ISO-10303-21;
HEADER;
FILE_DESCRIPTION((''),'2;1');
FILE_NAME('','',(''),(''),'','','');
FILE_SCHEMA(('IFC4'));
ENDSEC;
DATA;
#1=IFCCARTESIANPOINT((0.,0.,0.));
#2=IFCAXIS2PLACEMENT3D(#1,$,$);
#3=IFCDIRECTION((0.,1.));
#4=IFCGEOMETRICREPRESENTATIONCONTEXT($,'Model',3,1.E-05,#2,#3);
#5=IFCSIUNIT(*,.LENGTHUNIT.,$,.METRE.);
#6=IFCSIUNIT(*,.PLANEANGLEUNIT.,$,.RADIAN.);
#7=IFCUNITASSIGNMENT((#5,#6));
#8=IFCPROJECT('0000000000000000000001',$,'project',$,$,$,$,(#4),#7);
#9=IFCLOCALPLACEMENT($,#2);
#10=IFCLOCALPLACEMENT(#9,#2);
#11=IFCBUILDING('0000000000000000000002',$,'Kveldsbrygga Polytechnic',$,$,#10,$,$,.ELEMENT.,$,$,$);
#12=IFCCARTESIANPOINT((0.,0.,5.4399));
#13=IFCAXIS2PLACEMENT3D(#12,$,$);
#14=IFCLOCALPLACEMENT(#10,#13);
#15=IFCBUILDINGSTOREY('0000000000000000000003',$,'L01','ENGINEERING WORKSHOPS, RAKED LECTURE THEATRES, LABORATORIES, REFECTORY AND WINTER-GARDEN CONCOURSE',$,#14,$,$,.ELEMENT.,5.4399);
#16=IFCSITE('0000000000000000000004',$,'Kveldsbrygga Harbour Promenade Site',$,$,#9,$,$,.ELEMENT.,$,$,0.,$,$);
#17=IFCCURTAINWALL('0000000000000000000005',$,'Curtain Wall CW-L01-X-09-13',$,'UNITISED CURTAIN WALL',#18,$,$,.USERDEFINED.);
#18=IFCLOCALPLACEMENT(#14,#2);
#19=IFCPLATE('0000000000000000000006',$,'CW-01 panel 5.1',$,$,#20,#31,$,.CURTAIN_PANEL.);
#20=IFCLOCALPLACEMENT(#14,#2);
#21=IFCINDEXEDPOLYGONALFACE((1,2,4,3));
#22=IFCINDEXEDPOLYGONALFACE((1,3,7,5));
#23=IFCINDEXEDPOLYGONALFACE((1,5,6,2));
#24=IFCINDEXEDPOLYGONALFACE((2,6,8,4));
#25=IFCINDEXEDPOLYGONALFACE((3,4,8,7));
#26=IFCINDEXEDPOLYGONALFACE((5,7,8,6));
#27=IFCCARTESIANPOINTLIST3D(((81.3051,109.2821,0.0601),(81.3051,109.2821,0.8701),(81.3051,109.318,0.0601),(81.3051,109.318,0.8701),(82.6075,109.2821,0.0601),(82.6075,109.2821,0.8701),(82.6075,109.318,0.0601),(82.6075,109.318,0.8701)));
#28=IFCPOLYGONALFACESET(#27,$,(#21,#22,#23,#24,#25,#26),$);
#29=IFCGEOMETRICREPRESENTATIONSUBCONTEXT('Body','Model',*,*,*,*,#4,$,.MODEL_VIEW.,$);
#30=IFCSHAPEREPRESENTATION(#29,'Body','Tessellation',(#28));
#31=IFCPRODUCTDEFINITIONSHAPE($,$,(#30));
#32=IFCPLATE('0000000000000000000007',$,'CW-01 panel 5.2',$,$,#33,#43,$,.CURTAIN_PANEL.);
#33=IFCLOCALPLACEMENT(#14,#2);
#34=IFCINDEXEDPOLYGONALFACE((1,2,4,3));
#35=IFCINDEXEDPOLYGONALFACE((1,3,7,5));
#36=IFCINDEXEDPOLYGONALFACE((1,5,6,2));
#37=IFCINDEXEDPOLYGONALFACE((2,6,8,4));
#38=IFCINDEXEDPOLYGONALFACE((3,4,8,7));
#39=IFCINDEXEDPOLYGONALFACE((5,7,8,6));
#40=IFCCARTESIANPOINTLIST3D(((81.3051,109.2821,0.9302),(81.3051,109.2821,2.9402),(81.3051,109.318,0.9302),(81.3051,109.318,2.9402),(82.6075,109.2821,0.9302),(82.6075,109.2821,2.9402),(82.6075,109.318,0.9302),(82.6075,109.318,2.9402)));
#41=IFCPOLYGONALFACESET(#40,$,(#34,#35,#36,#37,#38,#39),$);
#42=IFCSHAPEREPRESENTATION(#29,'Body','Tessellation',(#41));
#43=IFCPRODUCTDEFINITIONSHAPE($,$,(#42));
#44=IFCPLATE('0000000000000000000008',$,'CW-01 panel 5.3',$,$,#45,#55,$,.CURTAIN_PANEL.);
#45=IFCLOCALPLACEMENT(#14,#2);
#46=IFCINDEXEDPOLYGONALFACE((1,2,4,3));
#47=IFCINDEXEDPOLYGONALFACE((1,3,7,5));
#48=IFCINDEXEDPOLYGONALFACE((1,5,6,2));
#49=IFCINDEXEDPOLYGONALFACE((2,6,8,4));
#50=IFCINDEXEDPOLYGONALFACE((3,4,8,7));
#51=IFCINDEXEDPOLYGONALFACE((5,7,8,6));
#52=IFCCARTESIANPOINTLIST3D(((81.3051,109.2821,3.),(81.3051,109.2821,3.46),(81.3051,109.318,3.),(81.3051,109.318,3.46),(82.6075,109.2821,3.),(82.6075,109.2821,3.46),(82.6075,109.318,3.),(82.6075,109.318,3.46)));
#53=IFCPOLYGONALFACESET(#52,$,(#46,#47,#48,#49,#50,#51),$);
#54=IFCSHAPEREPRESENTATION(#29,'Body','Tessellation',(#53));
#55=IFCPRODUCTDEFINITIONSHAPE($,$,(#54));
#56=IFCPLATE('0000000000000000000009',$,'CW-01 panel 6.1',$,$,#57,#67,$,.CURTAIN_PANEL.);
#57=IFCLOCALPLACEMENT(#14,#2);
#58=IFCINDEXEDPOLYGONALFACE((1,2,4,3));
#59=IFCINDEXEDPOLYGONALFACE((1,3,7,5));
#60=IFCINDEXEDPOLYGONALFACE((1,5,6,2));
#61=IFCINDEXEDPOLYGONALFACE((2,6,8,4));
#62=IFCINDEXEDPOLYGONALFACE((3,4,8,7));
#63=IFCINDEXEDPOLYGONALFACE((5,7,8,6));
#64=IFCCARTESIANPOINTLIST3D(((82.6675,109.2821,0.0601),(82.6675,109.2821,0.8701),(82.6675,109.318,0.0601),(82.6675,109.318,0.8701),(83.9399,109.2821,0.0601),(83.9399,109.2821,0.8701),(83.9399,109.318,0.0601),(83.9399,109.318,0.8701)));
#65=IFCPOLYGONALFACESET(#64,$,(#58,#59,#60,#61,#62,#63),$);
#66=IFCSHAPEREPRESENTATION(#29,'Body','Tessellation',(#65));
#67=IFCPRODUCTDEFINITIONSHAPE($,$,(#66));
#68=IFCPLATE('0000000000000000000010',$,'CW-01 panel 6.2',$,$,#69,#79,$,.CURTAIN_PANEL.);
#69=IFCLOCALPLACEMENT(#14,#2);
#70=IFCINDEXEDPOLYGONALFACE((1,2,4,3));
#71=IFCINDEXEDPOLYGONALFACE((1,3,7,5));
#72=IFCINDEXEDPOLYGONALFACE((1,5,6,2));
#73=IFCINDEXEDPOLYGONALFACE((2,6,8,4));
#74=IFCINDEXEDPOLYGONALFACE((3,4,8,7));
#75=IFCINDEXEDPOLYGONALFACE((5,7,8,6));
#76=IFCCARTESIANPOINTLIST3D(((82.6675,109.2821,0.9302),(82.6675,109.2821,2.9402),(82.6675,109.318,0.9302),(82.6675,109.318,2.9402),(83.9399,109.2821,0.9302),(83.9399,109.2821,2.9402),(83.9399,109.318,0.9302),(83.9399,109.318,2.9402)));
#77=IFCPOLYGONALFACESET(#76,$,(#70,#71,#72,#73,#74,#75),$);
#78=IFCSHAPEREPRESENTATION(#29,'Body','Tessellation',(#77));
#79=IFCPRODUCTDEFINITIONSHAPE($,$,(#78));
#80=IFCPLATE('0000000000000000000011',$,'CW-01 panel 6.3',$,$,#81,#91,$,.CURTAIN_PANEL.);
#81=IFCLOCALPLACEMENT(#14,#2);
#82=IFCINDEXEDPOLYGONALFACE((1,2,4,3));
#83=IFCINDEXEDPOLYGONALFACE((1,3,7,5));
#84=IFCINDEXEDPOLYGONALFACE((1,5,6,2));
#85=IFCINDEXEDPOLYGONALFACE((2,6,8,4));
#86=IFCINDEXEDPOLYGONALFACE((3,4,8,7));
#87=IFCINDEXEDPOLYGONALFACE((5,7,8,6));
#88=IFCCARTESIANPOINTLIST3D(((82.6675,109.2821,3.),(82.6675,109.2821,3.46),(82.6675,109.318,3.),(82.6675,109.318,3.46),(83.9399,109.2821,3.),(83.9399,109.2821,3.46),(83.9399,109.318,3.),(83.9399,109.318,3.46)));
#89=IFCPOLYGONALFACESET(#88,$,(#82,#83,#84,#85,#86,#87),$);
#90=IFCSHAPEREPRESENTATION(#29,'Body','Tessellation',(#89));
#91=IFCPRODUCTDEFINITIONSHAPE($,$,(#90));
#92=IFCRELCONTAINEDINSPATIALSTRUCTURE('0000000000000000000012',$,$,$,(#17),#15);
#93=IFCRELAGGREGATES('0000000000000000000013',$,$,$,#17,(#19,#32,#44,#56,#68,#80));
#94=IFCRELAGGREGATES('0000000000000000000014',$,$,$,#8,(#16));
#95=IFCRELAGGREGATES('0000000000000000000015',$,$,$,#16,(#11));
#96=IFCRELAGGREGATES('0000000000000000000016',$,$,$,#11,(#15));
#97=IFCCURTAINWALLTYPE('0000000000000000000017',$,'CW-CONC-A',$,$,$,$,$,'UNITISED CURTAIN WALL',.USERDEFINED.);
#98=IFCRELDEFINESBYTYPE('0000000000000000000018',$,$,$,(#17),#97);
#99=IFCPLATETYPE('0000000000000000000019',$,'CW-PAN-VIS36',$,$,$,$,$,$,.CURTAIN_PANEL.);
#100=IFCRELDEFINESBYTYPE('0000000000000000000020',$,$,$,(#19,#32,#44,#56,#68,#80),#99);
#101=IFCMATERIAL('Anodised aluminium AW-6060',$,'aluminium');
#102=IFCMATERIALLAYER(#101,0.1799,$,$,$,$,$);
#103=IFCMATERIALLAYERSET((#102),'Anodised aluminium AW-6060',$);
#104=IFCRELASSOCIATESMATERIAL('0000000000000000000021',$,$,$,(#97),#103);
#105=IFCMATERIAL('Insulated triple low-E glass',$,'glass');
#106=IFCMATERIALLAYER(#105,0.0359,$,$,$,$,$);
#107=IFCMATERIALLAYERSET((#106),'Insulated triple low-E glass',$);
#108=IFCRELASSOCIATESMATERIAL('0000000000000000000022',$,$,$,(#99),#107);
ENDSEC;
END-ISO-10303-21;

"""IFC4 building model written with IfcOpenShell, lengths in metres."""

from ifc_helpers import new_model, si_unit, direction, frame, origin, origin_2d, place, context, subcontext, project, spatial, rectangle, extrude, material, layer, layer_set, type_object, element, aggregate, save


model = new_model("IFC4")

# Units and contexts
model_context = context("Model", 3, precision=1e-05, world=origin(), true_north=direction((0.0, 1.0)))
body_context = subcontext(model_context, "Body", "Model", "MODEL_VIEW")
ifc_project = project(units=[si_unit("LENGTHUNIT", "METRE"), si_unit("PLANEANGLEUNIT", "RADIAN")], contexts=[model_context])

# Site, building, storey
site_placement = place(None, origin())
site = spatial("IfcSite", under=ifc_project, at=site_placement, Name="Kveldsbrygga Harbour Promenade Site", CompositionType="ELEMENT", RefElevation=0.0)
building_placement = place(site_placement, origin())
building = spatial("IfcBuilding", under=site, at=building_placement, Name="Kveldsbrygga Polytechnic", CompositionType="ELEMENT")
storey_placement = place(building_placement, frame((0.0, 0.0, 5.4399)))
storey = spatial("IfcBuildingStorey", under=building, at=storey_placement, Name="L01", Description="ENGINEERING WORKSHOPS, RAKED LECTURE THEATRES, LABORATORIES, REFECTORY AND WINTER-GARDEN CONCOURSE", CompositionType="ELEMENT", Elevation=5.4399)

# Curtain wall
ifc_material_1 = material(Name="Anodised aluminium AW-6060", Category="aluminium")
ifc_layer_1 = layer(ifc_material_1, 0.1799)
ifc_layer_set_1 = layer_set([ifc_layer_1], Name="Anodised aluminium AW-6060")
curtain_wall_type_1 = type_object("IfcCurtainWallType", Name="CW-CONC-A", ElementType="UNITISED CURTAIN WALL", PredefinedType="USERDEFINED", material=ifc_layer_set_1)
curtain_wall_1_placement = place(storey_placement, origin())
curtain_wall_1 = element("IfcCurtainWall", 1, at=curtain_wall_1_placement, inside=storey, type_object=curtain_wall_type_1, Name="Curtain Wall CW-L01-X-09-13", ObjectType="UNITISED CURTAIN WALL", PredefinedType="USERDEFINED")

# Plates
ifc_material_2 = material(Name="Insulated triple low-E glass", Category="glass")
ifc_layer_2 = layer(ifc_material_2, 0.0359)
ifc_layer_set_2 = layer_set([ifc_layer_2], Name="Insulated triple low-E glass")
plate_type = type_object("IfcPlateType", Name="CW-PAN-VIS36", PredefinedType="CURTAIN_PANEL", material=ifc_layer_set_2)
plate_1_placement = place(storey_placement, frame((81.9563, 109.3, 0.0601), z_axis=(0.0, 0.0, 1.0), x_axis=(1.0, 0.0, 0.0)))
plate_1 = element("IfcPlate", 2, at=plate_1_placement, type_object=plate_type, Name="CW-01 panel 5.1", PredefinedType="CURTAIN_PANEL", context=body_context, shape_type="SweptSolid", body=[
    extrude(rectangle(XDim=1.3025, YDim=0.0359, at=origin_2d()), origin(), (0.0, 0.0, 1.0), 0.8101),
])
plate_2_placement = place(storey_placement, frame((81.9563, 109.3, 0.9302), z_axis=(0.0, 0.0, 1.0), x_axis=(1.0, 0.0, 0.0)))
plate_2 = element("IfcPlate", 3, at=plate_2_placement, type_object=plate_type, Name="CW-01 panel 5.2", PredefinedType="CURTAIN_PANEL", context=body_context, shape_type="SweptSolid", body=[
    extrude(rectangle(XDim=1.3025, YDim=0.0359, at=origin_2d()), origin(), (0.0, 0.0, 1.0), 2.01),
])
plate_3_placement = place(storey_placement, frame((81.9563, 109.3, 3.0), z_axis=(0.0, 0.0, 1.0), x_axis=(1.0, 0.0, 0.0)))
plate_3 = element("IfcPlate", 4, at=plate_3_placement, type_object=plate_type, Name="CW-01 panel 5.3", PredefinedType="CURTAIN_PANEL", context=body_context, shape_type="SweptSolid", body=[
    extrude(rectangle(XDim=1.3025, YDim=0.0359, at=origin_2d()), origin(), (0.0, 0.0, 1.0), 0.46),
])
plate_4_placement = place(storey_placement, frame((83.3037, 109.3, 0.0601), z_axis=(0.0, 0.0, 1.0), x_axis=(1.0, 0.0, 0.0)))
plate_4 = element("IfcPlate", 5, at=plate_4_placement, type_object=plate_type, Name="CW-01 panel 6.1", PredefinedType="CURTAIN_PANEL", context=body_context, shape_type="SweptSolid", body=[
    extrude(rectangle(XDim=1.2725, YDim=0.0359, at=origin_2d()), origin(), (0.0, 0.0, 1.0), 0.8101),
])
plate_5_placement = place(storey_placement, frame((83.3037, 109.3, 0.9302), z_axis=(0.0, 0.0, 1.0), x_axis=(1.0, 0.0, 0.0)))
plate_5 = element("IfcPlate", 6, at=plate_5_placement, type_object=plate_type, Name="CW-01 panel 6.2", PredefinedType="CURTAIN_PANEL", context=body_context, shape_type="SweptSolid", body=[
    extrude(rectangle(XDim=1.2725, YDim=0.0359, at=origin_2d()), origin(), (0.0, 0.0, 1.0), 2.01),
])
plate_6_placement = place(storey_placement, frame((83.3037, 109.3, 3.0), z_axis=(0.0, 0.0, 1.0), x_axis=(1.0, 0.0, 0.0)))
plate_6 = element("IfcPlate", 7, at=plate_6_placement, type_object=plate_type, Name="CW-01 panel 6.3", PredefinedType="CURTAIN_PANEL", context=body_context, shape_type="SweptSolid", body=[
    extrude(rectangle(XDim=1.2725, YDim=0.0359, at=origin_2d()), origin(), (0.0, 0.0, 1.0), 0.46),
])
aggregate(curtain_wall_1, [plate_1, plate_2, plate_3, plate_4, plate_5, plate_6])

save(model, "model.ifc")
